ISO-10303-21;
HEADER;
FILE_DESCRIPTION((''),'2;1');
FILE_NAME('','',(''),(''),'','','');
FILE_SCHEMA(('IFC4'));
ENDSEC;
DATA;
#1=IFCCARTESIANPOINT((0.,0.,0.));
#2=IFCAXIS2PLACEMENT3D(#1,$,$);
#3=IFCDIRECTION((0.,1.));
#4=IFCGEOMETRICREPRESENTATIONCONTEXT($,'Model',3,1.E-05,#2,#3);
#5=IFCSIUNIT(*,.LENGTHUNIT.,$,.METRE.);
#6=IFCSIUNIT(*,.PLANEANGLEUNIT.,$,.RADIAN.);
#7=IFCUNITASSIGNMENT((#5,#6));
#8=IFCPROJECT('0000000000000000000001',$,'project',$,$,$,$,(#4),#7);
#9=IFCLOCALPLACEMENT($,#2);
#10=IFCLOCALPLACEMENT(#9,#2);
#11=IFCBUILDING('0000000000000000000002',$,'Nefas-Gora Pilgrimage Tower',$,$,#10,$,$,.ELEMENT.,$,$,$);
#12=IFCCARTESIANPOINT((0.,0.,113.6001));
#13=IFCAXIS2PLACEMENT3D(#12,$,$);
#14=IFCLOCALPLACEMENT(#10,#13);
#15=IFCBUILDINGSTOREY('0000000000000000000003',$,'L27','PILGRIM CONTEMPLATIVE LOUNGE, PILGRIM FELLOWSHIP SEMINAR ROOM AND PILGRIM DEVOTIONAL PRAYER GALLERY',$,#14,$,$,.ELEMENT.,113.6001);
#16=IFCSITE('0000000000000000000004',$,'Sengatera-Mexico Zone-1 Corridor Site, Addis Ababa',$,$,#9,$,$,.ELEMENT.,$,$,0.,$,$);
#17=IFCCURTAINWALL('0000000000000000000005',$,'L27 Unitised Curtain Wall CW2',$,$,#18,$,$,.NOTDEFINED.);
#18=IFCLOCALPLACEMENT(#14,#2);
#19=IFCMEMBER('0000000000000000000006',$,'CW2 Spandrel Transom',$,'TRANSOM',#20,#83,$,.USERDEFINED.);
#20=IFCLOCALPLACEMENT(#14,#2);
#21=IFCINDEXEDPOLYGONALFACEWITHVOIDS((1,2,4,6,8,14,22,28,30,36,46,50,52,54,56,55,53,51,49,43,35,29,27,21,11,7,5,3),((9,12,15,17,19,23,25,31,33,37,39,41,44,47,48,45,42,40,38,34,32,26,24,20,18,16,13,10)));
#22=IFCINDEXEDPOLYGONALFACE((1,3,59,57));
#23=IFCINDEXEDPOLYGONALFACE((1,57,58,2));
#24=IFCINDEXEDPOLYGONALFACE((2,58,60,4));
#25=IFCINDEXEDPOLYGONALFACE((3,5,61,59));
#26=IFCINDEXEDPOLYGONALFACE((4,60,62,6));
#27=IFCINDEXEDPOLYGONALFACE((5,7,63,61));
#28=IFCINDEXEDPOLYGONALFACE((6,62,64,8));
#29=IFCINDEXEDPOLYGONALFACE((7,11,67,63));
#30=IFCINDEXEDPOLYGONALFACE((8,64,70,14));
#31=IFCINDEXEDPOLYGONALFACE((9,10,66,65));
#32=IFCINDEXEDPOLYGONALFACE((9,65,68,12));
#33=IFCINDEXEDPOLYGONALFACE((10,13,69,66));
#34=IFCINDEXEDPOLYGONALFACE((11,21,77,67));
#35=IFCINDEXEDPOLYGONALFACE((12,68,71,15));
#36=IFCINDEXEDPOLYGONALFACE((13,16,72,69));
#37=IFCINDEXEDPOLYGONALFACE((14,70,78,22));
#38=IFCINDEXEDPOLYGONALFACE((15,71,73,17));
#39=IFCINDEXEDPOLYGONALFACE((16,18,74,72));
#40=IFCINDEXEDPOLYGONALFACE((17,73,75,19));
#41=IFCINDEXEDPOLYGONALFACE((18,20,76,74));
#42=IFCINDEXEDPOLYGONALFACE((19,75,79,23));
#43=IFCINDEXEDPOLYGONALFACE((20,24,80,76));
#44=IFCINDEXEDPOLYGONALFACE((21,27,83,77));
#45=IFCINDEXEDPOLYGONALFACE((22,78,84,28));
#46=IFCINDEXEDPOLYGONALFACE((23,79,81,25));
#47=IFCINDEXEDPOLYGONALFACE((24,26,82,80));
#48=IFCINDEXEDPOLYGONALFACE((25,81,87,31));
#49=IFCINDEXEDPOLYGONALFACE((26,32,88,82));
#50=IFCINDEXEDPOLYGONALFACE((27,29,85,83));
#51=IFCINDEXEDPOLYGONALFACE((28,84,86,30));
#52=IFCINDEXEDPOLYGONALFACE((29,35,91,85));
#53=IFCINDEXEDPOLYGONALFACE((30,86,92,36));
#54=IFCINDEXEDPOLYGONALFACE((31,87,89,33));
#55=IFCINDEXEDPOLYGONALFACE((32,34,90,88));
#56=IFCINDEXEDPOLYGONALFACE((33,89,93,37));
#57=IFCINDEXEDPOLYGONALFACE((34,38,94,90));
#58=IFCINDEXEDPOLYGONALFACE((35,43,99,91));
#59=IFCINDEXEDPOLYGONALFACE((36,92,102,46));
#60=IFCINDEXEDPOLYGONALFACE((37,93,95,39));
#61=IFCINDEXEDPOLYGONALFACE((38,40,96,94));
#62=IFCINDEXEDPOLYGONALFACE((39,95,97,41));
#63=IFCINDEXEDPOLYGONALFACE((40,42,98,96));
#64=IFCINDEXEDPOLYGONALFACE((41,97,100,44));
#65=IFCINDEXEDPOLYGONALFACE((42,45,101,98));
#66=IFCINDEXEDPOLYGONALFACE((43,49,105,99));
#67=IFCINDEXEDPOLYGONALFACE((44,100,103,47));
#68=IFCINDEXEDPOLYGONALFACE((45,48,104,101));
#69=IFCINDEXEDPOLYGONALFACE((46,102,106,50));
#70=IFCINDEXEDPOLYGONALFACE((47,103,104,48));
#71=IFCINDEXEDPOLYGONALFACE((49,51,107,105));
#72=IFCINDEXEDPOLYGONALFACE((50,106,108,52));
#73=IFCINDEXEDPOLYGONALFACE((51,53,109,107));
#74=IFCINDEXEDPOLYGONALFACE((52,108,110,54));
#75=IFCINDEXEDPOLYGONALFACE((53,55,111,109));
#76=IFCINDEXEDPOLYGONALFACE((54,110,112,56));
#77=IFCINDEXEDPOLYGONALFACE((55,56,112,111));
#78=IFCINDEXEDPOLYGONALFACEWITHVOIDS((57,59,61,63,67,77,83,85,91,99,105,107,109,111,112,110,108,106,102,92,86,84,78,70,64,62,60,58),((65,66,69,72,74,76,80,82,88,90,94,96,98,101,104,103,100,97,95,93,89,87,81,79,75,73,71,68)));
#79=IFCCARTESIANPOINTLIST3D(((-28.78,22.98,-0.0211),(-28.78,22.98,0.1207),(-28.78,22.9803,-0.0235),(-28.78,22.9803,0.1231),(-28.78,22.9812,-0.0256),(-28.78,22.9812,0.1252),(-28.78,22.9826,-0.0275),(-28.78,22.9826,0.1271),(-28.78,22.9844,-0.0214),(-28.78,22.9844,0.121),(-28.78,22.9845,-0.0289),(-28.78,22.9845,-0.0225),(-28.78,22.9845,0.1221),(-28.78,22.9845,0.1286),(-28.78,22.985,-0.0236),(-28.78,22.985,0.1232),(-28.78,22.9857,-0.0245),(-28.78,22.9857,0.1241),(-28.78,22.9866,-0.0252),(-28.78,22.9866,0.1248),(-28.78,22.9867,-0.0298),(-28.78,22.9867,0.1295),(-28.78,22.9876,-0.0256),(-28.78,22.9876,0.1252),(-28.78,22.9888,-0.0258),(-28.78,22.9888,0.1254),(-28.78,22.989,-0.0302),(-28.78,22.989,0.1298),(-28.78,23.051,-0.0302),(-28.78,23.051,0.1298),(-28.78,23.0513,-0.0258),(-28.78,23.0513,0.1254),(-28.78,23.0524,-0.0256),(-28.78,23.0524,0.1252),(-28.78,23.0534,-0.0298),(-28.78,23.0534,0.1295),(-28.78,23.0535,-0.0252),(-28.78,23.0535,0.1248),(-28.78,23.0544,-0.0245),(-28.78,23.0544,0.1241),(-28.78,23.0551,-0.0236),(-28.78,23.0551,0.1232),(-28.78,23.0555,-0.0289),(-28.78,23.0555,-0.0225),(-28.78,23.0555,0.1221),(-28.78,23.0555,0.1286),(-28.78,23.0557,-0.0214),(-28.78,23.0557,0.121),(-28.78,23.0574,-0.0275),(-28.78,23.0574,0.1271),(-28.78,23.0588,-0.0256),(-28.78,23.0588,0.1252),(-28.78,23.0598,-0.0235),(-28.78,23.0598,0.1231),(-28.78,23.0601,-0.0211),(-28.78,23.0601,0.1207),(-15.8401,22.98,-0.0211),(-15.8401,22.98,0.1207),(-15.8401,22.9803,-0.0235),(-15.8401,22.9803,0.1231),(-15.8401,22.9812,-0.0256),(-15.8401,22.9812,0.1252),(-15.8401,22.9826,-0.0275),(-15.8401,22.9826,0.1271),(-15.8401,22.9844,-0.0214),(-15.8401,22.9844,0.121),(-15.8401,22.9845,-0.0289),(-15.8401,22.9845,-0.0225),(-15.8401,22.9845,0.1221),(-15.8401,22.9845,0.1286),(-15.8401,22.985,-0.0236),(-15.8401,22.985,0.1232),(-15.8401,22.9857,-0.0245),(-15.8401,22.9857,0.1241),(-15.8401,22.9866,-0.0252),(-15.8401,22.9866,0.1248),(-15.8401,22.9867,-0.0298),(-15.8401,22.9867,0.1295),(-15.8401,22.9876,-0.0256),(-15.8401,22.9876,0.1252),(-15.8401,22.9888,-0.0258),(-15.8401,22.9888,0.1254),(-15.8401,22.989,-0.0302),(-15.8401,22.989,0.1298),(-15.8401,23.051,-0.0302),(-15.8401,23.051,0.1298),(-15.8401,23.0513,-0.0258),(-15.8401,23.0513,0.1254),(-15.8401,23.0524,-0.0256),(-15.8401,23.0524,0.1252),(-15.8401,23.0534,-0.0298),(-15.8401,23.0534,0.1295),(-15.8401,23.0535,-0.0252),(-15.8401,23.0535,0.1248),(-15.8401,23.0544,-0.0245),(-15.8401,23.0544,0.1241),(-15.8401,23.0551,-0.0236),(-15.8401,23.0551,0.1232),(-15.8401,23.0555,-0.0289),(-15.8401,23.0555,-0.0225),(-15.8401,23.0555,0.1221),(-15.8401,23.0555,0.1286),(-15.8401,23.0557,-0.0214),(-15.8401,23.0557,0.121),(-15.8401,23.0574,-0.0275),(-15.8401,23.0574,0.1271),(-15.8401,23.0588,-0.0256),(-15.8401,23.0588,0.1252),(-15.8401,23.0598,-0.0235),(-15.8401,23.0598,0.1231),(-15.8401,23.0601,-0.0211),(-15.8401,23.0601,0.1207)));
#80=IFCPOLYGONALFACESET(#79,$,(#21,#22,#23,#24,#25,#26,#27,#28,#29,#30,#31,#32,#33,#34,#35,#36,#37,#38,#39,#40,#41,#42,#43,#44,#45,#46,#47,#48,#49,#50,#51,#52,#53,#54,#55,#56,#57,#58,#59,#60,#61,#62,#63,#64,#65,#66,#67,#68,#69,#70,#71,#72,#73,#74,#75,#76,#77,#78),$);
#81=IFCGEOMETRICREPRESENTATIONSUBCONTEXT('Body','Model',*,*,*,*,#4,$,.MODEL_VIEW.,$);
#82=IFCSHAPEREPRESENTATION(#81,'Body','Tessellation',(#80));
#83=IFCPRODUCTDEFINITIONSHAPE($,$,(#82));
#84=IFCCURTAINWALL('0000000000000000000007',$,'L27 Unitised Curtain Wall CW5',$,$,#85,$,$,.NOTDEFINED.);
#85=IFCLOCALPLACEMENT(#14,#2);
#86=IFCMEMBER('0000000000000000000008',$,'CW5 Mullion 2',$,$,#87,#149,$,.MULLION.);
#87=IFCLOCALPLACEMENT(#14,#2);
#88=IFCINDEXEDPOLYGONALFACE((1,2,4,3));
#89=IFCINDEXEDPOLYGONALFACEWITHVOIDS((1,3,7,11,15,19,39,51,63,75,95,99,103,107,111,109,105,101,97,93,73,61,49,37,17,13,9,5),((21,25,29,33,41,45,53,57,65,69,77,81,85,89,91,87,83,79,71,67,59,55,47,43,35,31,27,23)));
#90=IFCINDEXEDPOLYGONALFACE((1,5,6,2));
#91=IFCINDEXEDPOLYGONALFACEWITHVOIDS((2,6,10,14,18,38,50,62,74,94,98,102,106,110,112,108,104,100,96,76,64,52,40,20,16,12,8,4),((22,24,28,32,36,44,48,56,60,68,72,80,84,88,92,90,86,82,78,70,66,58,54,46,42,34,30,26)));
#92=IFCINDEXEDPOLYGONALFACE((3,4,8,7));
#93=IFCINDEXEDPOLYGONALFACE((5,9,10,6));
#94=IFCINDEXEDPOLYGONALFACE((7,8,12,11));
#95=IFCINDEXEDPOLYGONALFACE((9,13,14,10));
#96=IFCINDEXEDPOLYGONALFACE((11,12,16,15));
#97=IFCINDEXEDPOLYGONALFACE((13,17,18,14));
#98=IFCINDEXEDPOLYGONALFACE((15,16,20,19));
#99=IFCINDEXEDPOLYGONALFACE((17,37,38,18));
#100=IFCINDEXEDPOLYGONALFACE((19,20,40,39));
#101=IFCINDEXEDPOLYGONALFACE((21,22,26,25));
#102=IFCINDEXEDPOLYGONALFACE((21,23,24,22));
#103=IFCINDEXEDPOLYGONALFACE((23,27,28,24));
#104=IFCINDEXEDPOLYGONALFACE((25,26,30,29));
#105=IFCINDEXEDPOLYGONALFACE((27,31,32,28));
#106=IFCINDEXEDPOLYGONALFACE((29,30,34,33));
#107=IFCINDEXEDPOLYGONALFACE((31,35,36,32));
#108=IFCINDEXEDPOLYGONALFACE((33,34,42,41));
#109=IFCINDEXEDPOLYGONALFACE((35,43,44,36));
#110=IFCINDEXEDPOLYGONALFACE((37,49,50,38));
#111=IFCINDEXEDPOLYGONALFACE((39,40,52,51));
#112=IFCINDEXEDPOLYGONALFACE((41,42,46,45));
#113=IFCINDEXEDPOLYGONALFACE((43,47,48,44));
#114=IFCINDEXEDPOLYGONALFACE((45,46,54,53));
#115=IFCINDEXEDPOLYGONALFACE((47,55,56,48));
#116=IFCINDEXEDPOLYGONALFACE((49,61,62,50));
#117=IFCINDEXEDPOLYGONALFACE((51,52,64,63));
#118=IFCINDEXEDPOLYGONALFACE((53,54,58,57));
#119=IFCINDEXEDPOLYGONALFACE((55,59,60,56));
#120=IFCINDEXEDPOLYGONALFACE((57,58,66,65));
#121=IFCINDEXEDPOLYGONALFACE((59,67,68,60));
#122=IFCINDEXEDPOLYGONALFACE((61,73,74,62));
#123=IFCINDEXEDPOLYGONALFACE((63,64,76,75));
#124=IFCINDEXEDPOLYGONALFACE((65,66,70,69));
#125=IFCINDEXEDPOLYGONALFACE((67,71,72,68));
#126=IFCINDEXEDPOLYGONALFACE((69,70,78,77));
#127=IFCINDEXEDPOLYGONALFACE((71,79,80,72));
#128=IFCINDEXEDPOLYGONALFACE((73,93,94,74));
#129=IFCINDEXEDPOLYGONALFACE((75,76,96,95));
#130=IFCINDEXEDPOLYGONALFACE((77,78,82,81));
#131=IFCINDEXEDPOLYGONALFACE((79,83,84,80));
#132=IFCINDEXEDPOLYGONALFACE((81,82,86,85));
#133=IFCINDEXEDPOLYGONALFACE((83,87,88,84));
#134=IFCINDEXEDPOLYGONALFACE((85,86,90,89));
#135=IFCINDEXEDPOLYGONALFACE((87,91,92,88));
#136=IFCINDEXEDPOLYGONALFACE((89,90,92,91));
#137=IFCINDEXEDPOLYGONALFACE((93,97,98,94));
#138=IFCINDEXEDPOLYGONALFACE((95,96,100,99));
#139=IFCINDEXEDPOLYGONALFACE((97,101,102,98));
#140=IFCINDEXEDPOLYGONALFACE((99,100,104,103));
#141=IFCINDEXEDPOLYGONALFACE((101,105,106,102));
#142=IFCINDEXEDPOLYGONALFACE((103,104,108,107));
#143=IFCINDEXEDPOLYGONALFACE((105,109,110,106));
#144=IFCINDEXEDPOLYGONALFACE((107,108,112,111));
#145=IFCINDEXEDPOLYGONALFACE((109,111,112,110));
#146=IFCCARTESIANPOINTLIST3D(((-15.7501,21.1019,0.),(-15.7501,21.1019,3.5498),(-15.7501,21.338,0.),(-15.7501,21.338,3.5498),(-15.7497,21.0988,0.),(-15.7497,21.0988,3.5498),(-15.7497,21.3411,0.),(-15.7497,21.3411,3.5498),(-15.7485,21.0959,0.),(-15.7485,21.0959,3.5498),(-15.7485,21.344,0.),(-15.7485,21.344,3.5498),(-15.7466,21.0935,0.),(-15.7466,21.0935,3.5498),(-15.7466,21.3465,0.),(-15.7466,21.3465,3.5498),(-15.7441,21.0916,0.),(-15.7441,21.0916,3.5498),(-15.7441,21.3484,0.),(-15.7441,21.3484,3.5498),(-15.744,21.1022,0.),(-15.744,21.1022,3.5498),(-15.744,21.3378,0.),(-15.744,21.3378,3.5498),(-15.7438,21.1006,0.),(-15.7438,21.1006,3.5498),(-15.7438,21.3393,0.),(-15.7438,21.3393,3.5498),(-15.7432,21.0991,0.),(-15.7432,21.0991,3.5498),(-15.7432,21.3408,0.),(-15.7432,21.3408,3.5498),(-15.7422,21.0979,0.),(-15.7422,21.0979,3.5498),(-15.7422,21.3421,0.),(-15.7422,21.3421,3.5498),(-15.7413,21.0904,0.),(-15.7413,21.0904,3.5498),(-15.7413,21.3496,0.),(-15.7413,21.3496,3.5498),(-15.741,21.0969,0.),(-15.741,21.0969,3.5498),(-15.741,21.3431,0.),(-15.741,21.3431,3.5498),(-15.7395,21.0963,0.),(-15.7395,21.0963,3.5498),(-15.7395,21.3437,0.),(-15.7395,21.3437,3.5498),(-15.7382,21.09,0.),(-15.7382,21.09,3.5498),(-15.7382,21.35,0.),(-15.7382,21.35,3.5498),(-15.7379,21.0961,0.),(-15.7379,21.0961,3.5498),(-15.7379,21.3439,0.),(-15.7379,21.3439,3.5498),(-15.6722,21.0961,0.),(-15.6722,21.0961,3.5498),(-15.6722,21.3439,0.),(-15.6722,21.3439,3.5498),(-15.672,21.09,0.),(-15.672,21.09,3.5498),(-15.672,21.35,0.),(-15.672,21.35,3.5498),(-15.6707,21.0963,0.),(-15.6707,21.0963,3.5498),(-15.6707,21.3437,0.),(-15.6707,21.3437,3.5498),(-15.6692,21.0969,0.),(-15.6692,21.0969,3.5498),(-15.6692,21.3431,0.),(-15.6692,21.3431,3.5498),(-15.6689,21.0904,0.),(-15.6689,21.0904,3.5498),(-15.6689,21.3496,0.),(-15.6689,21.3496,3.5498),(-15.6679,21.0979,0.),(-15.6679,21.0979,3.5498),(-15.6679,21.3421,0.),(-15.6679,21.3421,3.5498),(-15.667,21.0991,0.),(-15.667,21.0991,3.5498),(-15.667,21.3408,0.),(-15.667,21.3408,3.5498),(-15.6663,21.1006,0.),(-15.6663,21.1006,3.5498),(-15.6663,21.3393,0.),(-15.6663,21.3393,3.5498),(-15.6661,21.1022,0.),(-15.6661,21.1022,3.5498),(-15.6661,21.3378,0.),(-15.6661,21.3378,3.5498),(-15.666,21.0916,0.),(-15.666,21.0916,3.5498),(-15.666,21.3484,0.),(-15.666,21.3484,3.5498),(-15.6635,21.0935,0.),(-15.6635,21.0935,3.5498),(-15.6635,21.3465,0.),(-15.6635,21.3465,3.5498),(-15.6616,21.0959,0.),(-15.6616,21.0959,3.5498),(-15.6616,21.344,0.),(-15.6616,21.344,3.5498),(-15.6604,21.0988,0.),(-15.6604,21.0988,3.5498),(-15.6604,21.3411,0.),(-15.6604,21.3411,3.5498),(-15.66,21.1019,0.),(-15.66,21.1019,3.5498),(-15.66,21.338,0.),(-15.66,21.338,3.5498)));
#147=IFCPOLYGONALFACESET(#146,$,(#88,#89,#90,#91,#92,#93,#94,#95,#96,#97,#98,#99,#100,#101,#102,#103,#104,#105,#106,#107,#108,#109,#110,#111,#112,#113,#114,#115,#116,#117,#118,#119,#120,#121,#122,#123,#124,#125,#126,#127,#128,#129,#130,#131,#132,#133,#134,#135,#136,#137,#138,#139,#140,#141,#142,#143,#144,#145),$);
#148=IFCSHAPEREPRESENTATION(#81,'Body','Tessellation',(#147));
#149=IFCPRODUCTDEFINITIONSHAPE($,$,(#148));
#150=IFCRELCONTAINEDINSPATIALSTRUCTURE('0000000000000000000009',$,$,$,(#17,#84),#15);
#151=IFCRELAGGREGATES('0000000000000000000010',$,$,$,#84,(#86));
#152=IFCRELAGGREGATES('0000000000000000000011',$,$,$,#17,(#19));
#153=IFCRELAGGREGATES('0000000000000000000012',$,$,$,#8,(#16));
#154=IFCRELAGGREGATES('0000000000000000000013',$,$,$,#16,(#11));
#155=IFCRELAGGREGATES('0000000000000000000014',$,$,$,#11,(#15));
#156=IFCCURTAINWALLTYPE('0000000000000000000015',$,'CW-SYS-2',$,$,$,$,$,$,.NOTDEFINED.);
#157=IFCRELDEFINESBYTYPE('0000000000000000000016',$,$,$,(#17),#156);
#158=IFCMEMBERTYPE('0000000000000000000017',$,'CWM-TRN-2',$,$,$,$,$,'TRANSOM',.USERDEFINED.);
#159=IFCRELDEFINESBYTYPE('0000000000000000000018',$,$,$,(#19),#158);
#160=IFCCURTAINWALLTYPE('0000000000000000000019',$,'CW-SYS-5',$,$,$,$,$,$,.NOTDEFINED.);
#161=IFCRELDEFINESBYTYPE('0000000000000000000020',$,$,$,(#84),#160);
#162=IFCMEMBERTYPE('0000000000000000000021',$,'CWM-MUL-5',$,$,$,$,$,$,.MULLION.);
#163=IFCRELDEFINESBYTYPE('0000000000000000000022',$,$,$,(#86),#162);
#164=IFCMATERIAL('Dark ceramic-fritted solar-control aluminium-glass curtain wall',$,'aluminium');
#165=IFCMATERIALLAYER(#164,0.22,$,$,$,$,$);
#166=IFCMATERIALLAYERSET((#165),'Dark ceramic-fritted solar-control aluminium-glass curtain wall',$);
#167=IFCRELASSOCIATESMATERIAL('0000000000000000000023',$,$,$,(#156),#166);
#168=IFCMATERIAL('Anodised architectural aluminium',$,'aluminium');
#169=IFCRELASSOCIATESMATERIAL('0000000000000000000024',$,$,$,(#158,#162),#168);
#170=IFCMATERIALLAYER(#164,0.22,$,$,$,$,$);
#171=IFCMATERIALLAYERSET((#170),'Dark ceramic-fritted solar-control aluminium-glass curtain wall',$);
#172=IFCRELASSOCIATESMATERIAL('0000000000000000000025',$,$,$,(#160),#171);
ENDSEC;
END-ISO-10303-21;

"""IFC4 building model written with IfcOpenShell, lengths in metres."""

from ifc_helpers import new_model, si_unit, direction, frame, origin, origin_2d, place, context, subcontext, project, spatial, hollow_rectangle, extrude, source, transform, mapped, material, layer, layer_set, material_profile, profile_set, type_object, element, aggregate, save


model = new_model("IFC4")

# Units and contexts
model_context = context("Model", 3, precision=1e-05, world=origin(), true_north=direction((0.0, 1.0)))
body_context = subcontext(model_context, "Body", "Model", "MODEL_VIEW")
ifc_project = project(units=[si_unit("LENGTHUNIT", "METRE"), si_unit("PLANEANGLEUNIT", "RADIAN")], contexts=[model_context])

# Site, building, storey
site_placement = place(None, origin())
site = spatial("IfcSite", under=ifc_project, at=site_placement, Name="Sengatera-Mexico Zone-1 Corridor Site, Addis Ababa", CompositionType="ELEMENT", RefElevation=0.0)
building_placement = place(site_placement, origin())
building = spatial("IfcBuilding", under=site, at=building_placement, Name="Nefas-Gora Pilgrimage Tower", CompositionType="ELEMENT")
storey_placement = place(building_placement, frame((0.0, 0.0, 113.6001)))
storey = spatial("IfcBuildingStorey", under=building, at=storey_placement, Name="L27", Description="PILGRIM CONTEMPLATIVE LOUNGE, PILGRIM FELLOWSHIP SEMINAR ROOM AND PILGRIM DEVOTIONAL PRAYER GALLERY", CompositionType="ELEMENT", Elevation=113.6001)

# Curtain walls, members
ifc_material_1 = material(Name="Dark ceramic-fritted solar-control aluminium-glass curtain wall", Category="aluminium")
ifc_layer_1 = layer(ifc_material_1, 0.22)
ifc_layer_set_1 = layer_set([ifc_layer_1], Name="Dark ceramic-fritted solar-control aluminium-glass curtain wall")
curtain_wall_type_1 = type_object("IfcCurtainWallType", Name="CW-SYS-2", PredefinedType="NOTDEFINED", material=ifc_layer_set_1)
curtain_wall_1_placement = place(storey_placement, origin())
curtain_wall_1 = element("IfcCurtainWall", 1, at=curtain_wall_1_placement, inside=storey, type_object=curtain_wall_type_1, Name="L27 Unitised Curtain Wall CW2", PredefinedType="NOTDEFINED")
ifc_material_2 = material(Name="Anodised architectural aluminium", Category="aluminium")
ifc_material_profile_1 = material_profile(ifc_material_2, hollow_rectangle(XDim=0.0801, YDim=0.1599, WallThickness=0.0044, InnerFilletRadius=0.0044, OuterFilletRadius=0.009, at=origin_2d()), Name="ALU TRANSOM 80x160")
ifc_profile_set_1 = profile_set([ifc_material_profile_1], Name="Anodised architectural aluminium")
member_type_1 = type_object("IfcMemberType", Name="CWM-TRN-2", ElementType="TRANSOM", PredefinedType="USERDEFINED", material=ifc_profile_set_1)
shared_shape_1 = source(origin(), body_context, "Body", "SweptSolid", [
    extrude(hollow_rectangle(XDim=0.0801, YDim=0.1599, WallThickness=0.0044, InnerFilletRadius=0.0044, OuterFilletRadius=0.009, at=origin_2d()), origin(), (0.0, 0.0, 1.0), 12.9399),
])
member_1_placement = place(storey_placement, frame((-15.8401, 23.02, 0.0498), z_axis=(-1.0, 0.0, 0.0), x_axis=(0.0, -1.0, 0.0)))
member_1 = element("IfcMember", 2, at=member_1_placement, type_object=member_type_1, Name="CW2 Spandrel Transom", ObjectType="TRANSOM", PredefinedType="USERDEFINED", context=body_context, shape_type="MappedRepresentation", body=[
    mapped(shared_shape_1, transform((0.0, 0.0, 0.0), x_axis=(1.0, 0.0, 0.0), y_axis=(0.0, 1.0, 0.0), z_axis=(0.0, 0.0, 1.0), scale=1.0)),
])
ifc_layer_2 = layer(ifc_material_1, 0.22)
ifc_layer_set_2 = layer_set([ifc_layer_2], Name="Dark ceramic-fritted solar-control aluminium-glass curtain wall")
curtain_wall_type_2 = type_object("IfcCurtainWallType", Name="CW-SYS-5", PredefinedType="NOTDEFINED", material=ifc_layer_set_2)
curtain_wall_2_placement = place(storey_placement, origin())
curtain_wall_2 = element("IfcCurtainWall", 3, at=curtain_wall_2_placement, inside=storey, type_object=curtain_wall_type_2, Name="L27 Unitised Curtain Wall CW5", PredefinedType="NOTDEFINED")
ifc_material_profile_2 = material_profile(ifc_material_2, hollow_rectangle(XDim=0.0901, YDim=0.26, WallThickness=0.0061, InnerFilletRadius=0.0061, OuterFilletRadius=0.012, at=origin_2d()), Name="ALU MULLION 90x260")
ifc_profile_set_2 = profile_set([ifc_material_profile_2], Name="Anodised architectural aluminium")
member_type_2 = type_object("IfcMemberType", Name="CWM-MUL-5", PredefinedType="MULLION", material=ifc_profile_set_2)
shared_shape_2 = source(origin(), body_context, "Body", "SweptSolid", [
    extrude(hollow_rectangle(XDim=0.0901, YDim=0.26, WallThickness=0.0061, InnerFilletRadius=0.0061, OuterFilletRadius=0.012, at=origin_2d()), origin(), (0.0, 0.0, 1.0), 3.5498),
])
member_2_placement = place(storey_placement, frame((-15.7051, 21.22, 0.0), z_axis=(0.0, 0.0, 1.0), x_axis=(-1.0, 0.0, 0.0)))
member_2 = element("IfcMember", 4, at=member_2_placement, type_object=member_type_2, Name="CW5 Mullion 2", PredefinedType="MULLION", context=body_context, shape_type="MappedRepresentation", body=[
    mapped(shared_shape_2, transform((0.0, 0.0, 0.0), x_axis=(1.0, 0.0, 0.0), y_axis=(0.0, 1.0, 0.0), z_axis=(0.0, 0.0, 1.0), scale=1.0)),
])

aggregate(curtain_wall_2, [member_2])
aggregate(curtain_wall_1, [member_1])

save(model, "model.ifc")
